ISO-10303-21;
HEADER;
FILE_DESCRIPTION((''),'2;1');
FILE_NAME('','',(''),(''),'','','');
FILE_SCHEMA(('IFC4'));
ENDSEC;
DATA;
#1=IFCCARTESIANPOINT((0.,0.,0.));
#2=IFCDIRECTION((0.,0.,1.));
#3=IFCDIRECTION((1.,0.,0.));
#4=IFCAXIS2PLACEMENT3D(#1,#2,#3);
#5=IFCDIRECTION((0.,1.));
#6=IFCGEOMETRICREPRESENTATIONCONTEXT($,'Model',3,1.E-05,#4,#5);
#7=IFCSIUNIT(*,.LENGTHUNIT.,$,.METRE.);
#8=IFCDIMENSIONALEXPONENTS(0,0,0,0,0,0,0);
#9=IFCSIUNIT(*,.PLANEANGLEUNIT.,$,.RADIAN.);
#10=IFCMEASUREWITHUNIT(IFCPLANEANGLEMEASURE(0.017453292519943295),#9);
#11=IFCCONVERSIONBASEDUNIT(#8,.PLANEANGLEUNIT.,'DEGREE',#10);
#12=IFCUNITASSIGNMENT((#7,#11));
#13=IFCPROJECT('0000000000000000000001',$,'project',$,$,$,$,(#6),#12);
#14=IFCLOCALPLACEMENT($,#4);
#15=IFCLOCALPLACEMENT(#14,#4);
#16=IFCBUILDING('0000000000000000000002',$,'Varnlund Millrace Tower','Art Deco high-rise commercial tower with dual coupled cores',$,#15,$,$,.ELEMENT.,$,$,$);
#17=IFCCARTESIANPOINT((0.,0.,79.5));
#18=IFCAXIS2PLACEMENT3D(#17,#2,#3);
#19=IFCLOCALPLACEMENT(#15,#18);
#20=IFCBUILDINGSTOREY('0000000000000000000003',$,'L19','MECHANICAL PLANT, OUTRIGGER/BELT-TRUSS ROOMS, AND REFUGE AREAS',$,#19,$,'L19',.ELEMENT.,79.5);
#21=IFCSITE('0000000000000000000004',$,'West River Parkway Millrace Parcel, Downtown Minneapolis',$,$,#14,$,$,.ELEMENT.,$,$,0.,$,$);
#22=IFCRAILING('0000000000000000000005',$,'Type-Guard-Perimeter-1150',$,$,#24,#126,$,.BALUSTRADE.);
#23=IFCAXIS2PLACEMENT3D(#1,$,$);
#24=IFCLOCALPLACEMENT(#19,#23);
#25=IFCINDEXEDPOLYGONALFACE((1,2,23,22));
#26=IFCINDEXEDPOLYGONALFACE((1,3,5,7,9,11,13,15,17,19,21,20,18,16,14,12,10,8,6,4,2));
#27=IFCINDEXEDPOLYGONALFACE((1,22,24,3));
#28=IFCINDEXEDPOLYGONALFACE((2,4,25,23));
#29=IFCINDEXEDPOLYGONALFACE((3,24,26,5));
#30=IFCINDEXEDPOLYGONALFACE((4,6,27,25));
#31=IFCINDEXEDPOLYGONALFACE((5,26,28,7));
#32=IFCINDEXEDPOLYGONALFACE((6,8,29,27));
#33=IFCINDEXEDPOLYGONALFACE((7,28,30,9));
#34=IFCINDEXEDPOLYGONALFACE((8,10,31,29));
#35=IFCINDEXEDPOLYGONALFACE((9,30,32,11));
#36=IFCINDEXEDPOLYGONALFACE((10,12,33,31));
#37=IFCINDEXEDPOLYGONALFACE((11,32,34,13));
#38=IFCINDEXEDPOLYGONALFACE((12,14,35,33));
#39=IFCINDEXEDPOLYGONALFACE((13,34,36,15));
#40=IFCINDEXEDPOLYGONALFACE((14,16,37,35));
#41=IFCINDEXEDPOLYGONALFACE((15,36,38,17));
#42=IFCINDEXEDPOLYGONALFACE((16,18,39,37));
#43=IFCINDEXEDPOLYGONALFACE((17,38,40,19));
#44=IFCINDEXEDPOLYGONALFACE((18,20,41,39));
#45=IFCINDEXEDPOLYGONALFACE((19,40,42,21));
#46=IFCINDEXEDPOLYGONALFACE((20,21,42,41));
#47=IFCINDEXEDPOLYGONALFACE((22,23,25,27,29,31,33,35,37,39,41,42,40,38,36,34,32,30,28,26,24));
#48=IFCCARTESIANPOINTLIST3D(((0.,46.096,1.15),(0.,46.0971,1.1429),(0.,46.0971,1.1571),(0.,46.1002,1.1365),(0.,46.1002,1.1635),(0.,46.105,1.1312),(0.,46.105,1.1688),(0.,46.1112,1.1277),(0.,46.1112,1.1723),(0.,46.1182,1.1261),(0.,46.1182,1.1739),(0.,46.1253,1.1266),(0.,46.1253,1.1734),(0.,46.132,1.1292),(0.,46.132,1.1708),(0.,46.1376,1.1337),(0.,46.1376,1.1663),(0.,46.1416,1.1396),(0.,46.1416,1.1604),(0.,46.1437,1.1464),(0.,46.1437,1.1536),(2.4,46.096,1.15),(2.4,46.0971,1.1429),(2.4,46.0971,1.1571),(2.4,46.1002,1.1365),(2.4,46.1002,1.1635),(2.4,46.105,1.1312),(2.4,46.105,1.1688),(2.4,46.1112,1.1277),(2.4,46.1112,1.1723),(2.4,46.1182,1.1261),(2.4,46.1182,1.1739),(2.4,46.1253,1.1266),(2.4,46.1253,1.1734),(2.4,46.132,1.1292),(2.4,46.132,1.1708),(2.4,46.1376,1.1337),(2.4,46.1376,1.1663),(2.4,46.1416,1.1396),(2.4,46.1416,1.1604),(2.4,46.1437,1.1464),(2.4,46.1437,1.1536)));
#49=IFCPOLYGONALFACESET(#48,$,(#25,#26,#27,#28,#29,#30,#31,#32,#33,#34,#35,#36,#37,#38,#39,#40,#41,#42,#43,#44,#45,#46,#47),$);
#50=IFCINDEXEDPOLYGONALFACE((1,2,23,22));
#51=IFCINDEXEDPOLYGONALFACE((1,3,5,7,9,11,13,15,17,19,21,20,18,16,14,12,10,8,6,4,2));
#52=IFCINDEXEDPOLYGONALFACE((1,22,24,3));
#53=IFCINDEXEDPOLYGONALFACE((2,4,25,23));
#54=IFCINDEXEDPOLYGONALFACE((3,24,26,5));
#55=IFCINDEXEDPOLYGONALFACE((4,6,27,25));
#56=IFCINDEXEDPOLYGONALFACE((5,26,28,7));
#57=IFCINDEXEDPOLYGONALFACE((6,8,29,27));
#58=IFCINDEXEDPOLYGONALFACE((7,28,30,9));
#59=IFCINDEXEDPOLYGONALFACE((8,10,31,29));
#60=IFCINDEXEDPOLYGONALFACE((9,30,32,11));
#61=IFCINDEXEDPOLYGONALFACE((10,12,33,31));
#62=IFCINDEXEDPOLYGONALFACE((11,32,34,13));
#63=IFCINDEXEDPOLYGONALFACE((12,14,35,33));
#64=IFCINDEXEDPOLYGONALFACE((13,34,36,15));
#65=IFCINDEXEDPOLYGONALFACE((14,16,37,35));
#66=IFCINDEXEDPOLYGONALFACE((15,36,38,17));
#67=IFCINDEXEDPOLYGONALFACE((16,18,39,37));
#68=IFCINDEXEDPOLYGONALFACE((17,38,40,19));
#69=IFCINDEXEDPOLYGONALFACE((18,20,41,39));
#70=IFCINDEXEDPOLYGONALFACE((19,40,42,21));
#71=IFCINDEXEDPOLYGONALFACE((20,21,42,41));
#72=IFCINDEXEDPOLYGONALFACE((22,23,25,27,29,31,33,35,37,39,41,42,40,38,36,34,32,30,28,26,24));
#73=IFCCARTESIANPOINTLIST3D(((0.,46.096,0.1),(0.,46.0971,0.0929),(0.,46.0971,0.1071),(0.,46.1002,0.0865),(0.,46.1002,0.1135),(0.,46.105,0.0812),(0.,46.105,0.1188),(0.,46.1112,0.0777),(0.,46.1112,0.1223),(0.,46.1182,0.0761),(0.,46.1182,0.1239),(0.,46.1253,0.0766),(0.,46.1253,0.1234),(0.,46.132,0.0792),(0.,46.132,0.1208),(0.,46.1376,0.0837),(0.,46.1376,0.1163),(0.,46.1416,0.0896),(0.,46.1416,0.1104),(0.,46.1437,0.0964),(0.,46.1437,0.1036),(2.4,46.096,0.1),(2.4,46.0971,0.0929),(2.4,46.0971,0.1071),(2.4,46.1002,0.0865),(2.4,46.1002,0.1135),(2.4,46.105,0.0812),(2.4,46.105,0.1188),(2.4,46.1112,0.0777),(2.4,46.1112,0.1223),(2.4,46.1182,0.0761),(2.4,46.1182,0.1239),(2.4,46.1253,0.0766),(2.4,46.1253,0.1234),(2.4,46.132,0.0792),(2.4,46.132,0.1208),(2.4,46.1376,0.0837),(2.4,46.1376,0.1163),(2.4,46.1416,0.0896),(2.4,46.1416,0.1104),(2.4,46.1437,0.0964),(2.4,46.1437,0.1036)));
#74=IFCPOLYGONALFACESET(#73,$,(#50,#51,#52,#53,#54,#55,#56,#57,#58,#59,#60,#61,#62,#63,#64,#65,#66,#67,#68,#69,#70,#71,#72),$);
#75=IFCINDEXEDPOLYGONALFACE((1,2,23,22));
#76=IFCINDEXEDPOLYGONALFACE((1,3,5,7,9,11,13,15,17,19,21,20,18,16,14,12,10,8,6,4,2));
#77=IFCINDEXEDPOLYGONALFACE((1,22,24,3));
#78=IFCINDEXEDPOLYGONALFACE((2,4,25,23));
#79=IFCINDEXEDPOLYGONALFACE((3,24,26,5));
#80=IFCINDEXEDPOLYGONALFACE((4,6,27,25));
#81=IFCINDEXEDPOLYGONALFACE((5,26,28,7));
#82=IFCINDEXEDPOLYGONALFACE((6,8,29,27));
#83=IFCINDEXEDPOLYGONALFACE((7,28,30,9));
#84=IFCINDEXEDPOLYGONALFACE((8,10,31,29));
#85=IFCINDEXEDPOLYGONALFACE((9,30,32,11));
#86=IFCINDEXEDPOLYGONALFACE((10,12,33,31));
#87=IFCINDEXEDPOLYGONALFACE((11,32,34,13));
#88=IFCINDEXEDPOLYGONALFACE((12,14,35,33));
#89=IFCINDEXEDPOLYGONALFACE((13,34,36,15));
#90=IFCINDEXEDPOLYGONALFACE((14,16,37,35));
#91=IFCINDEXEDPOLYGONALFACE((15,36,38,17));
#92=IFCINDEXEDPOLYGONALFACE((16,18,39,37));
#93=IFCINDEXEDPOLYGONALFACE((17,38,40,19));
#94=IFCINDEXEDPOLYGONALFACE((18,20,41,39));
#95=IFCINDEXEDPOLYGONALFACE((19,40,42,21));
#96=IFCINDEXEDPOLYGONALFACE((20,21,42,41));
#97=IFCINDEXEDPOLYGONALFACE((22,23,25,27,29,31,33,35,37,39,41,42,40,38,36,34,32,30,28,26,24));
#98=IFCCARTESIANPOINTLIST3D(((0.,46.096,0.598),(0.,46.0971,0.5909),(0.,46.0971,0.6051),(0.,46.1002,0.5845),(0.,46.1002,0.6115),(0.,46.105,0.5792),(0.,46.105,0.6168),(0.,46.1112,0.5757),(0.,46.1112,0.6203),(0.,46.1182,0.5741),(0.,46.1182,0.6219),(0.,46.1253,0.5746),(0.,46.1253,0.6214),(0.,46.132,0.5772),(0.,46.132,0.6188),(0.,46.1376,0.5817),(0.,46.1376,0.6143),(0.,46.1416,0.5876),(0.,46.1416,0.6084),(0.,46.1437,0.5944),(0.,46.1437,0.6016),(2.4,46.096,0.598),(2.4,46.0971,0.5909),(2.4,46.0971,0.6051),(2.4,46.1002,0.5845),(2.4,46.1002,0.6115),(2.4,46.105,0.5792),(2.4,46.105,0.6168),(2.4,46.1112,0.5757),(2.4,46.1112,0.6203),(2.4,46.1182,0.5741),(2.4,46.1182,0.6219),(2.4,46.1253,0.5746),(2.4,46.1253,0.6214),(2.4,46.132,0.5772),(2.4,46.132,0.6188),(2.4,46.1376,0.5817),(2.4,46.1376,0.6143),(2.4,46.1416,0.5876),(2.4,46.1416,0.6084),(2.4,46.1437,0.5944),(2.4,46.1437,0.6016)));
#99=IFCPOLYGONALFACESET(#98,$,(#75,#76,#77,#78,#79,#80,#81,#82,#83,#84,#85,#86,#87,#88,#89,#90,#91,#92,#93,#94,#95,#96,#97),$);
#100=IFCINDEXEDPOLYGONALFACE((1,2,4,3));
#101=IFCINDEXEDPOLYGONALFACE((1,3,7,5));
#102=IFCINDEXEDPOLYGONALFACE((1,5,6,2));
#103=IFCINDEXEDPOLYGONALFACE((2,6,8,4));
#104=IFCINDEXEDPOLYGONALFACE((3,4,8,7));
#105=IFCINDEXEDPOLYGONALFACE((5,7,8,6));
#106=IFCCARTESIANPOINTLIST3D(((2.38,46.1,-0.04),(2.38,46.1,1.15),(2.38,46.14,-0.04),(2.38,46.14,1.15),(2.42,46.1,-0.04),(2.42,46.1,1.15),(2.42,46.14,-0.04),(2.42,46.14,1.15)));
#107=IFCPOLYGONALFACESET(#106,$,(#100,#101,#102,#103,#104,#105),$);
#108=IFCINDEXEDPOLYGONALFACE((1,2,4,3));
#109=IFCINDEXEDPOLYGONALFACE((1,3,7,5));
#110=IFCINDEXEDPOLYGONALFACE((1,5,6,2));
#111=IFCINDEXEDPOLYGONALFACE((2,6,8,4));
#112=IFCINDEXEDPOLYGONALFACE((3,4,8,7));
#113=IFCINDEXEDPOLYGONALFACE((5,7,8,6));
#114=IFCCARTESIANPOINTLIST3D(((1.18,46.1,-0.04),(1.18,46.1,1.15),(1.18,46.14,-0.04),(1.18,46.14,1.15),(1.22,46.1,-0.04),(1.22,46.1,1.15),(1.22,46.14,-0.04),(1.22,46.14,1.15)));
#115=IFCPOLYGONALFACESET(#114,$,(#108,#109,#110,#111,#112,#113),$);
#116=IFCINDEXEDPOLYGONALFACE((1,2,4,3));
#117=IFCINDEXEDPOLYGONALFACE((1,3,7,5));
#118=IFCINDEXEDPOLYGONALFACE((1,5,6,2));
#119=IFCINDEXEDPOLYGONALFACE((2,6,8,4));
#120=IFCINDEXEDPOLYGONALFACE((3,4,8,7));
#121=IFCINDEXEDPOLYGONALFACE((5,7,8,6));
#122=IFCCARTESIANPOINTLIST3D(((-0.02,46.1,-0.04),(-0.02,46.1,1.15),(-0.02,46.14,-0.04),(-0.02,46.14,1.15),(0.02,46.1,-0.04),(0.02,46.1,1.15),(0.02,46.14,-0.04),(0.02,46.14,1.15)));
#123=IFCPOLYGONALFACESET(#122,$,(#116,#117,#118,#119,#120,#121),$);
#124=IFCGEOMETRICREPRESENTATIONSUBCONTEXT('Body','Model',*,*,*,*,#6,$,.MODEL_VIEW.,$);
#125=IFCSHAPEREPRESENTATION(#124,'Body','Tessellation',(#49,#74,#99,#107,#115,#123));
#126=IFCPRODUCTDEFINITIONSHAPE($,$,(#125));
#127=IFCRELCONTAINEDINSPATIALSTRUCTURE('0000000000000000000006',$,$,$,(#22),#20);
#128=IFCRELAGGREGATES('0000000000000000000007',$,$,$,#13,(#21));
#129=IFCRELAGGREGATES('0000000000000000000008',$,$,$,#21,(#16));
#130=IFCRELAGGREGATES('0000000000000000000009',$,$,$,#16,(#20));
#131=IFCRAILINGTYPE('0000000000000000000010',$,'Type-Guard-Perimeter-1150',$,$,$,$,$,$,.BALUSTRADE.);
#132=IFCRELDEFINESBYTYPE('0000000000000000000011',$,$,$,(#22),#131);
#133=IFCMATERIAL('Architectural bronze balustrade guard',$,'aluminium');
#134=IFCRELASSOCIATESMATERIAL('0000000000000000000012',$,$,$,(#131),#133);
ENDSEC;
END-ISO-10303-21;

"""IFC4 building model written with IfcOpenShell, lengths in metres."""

from ifc_helpers import new_model, entity, si_unit, converted_unit, direction, frame, origin_with_axes, origin_2d_with_axis, place, context, subcontext, project, spatial, rectangle, circle, extrude, material, type_object, element, save


model = new_model("IFC4")

# Units and contexts
model_context = context("Model", 3, precision=1e-05, world=origin_with_axes(), true_north=direction((0.0, 1.0)))
body_context = subcontext(model_context, "Body", "Model", "MODEL_VIEW")
ifc_project = project(units=[si_unit("LENGTHUNIT", "METRE"), converted_unit("PLANEANGLEUNIT", "DEGREE", entity("IfcPlaneAngleMeasure", 0.017453292519943295), si_unit("PLANEANGLEUNIT", "RADIAN"), dimensions=[0, 0, 0, 0, 0, 0, 0])], contexts=[model_context])

# Site, building, storey
site_placement = place(None, origin_with_axes())
site = spatial("IfcSite", under=ifc_project, at=site_placement, Name="West River Parkway Millrace Parcel, Downtown Minneapolis", CompositionType="ELEMENT", RefElevation=0.0)
building_placement = place(site_placement, origin_with_axes())
building = spatial("IfcBuilding", under=site, at=building_placement, Name="Varnlund Millrace Tower", Description="Art Deco high-rise commercial tower with dual coupled cores", CompositionType="ELEMENT")
storey_placement = place(building_placement, frame((0.0, 0.0, 79.5), z_axis=(0.0, 0.0, 1.0), x_axis=(1.0, 0.0, 0.0)))
storey = spatial("IfcBuildingStorey", under=building, at=storey_placement, Name="L19", Description="MECHANICAL PLANT, OUTRIGGER/BELT-TRUSS ROOMS, AND REFUGE AREAS", LongName="L19", CompositionType="ELEMENT", Elevation=79.5)

# Railing
ifc_material_1 = material(Name="Architectural bronze balustrade guard", Category="aluminium")
railing_type_1 = type_object("IfcRailingType", Name="Type-Guard-Perimeter-1150", PredefinedType="BALUSTRADE", material=ifc_material_1)
railing_1_placement = place(storey_placement, frame((0.0, 0.0, -79.5), z_axis=(0.0, 0.0, 1.0), x_axis=(1.0, 0.0, 0.0)))
element("IfcRailing", 1, at=railing_1_placement, inside=storey, type_object=railing_type_1, Name="Type-Guard-Perimeter-1150", PredefinedType="BALUSTRADE", context=body_context, shape_type="SweptSolid", body=[
    extrude(circle(Radius=0.024, at=origin_2d_with_axis()), frame((2.4, 46.12, 80.65), z_axis=(-1.0, 0.0, 0.0), x_axis=(0.0, -1.0, 0.0)), (0.0, 0.0, 1.0), 2.4),
    extrude(circle(Radius=0.024, at=origin_2d_with_axis()), frame((2.4, 46.12, 79.6), z_axis=(-1.0, 0.0, 0.0), x_axis=(0.0, -1.0, 0.0)), (0.0, 0.0, 1.0), 2.4),
    extrude(circle(Radius=0.024, at=origin_2d_with_axis()), frame((2.4, 46.12, 80.098), z_axis=(-1.0, 0.0, 0.0), x_axis=(0.0, -1.0, 0.0)), (0.0, 0.0, 1.0), 2.4),
    extrude(rectangle(XDim=0.04, YDim=0.04, at=origin_2d_with_axis()), frame((2.4, 46.12, 79.46), z_axis=(0.0, 0.0, 1.0), x_axis=(1.0, 0.0, 0.0)), (0.0, 0.0, 1.0), 1.19),
    extrude(rectangle(XDim=0.04, YDim=0.04, at=origin_2d_with_axis()), frame((1.2, 46.12, 79.46), z_axis=(0.0, 0.0, 1.0), x_axis=(1.0, 0.0, 0.0)), (0.0, 0.0, 1.0), 1.19),
    extrude(rectangle(XDim=0.04, YDim=0.04, at=origin_2d_with_axis()), frame((0.0, 46.12, 79.46), z_axis=(0.0, 0.0, 1.0), x_axis=(1.0, 0.0, 0.0)), (0.0, 0.0, 1.0), 1.19),
])

save(model, "model.ifc")
